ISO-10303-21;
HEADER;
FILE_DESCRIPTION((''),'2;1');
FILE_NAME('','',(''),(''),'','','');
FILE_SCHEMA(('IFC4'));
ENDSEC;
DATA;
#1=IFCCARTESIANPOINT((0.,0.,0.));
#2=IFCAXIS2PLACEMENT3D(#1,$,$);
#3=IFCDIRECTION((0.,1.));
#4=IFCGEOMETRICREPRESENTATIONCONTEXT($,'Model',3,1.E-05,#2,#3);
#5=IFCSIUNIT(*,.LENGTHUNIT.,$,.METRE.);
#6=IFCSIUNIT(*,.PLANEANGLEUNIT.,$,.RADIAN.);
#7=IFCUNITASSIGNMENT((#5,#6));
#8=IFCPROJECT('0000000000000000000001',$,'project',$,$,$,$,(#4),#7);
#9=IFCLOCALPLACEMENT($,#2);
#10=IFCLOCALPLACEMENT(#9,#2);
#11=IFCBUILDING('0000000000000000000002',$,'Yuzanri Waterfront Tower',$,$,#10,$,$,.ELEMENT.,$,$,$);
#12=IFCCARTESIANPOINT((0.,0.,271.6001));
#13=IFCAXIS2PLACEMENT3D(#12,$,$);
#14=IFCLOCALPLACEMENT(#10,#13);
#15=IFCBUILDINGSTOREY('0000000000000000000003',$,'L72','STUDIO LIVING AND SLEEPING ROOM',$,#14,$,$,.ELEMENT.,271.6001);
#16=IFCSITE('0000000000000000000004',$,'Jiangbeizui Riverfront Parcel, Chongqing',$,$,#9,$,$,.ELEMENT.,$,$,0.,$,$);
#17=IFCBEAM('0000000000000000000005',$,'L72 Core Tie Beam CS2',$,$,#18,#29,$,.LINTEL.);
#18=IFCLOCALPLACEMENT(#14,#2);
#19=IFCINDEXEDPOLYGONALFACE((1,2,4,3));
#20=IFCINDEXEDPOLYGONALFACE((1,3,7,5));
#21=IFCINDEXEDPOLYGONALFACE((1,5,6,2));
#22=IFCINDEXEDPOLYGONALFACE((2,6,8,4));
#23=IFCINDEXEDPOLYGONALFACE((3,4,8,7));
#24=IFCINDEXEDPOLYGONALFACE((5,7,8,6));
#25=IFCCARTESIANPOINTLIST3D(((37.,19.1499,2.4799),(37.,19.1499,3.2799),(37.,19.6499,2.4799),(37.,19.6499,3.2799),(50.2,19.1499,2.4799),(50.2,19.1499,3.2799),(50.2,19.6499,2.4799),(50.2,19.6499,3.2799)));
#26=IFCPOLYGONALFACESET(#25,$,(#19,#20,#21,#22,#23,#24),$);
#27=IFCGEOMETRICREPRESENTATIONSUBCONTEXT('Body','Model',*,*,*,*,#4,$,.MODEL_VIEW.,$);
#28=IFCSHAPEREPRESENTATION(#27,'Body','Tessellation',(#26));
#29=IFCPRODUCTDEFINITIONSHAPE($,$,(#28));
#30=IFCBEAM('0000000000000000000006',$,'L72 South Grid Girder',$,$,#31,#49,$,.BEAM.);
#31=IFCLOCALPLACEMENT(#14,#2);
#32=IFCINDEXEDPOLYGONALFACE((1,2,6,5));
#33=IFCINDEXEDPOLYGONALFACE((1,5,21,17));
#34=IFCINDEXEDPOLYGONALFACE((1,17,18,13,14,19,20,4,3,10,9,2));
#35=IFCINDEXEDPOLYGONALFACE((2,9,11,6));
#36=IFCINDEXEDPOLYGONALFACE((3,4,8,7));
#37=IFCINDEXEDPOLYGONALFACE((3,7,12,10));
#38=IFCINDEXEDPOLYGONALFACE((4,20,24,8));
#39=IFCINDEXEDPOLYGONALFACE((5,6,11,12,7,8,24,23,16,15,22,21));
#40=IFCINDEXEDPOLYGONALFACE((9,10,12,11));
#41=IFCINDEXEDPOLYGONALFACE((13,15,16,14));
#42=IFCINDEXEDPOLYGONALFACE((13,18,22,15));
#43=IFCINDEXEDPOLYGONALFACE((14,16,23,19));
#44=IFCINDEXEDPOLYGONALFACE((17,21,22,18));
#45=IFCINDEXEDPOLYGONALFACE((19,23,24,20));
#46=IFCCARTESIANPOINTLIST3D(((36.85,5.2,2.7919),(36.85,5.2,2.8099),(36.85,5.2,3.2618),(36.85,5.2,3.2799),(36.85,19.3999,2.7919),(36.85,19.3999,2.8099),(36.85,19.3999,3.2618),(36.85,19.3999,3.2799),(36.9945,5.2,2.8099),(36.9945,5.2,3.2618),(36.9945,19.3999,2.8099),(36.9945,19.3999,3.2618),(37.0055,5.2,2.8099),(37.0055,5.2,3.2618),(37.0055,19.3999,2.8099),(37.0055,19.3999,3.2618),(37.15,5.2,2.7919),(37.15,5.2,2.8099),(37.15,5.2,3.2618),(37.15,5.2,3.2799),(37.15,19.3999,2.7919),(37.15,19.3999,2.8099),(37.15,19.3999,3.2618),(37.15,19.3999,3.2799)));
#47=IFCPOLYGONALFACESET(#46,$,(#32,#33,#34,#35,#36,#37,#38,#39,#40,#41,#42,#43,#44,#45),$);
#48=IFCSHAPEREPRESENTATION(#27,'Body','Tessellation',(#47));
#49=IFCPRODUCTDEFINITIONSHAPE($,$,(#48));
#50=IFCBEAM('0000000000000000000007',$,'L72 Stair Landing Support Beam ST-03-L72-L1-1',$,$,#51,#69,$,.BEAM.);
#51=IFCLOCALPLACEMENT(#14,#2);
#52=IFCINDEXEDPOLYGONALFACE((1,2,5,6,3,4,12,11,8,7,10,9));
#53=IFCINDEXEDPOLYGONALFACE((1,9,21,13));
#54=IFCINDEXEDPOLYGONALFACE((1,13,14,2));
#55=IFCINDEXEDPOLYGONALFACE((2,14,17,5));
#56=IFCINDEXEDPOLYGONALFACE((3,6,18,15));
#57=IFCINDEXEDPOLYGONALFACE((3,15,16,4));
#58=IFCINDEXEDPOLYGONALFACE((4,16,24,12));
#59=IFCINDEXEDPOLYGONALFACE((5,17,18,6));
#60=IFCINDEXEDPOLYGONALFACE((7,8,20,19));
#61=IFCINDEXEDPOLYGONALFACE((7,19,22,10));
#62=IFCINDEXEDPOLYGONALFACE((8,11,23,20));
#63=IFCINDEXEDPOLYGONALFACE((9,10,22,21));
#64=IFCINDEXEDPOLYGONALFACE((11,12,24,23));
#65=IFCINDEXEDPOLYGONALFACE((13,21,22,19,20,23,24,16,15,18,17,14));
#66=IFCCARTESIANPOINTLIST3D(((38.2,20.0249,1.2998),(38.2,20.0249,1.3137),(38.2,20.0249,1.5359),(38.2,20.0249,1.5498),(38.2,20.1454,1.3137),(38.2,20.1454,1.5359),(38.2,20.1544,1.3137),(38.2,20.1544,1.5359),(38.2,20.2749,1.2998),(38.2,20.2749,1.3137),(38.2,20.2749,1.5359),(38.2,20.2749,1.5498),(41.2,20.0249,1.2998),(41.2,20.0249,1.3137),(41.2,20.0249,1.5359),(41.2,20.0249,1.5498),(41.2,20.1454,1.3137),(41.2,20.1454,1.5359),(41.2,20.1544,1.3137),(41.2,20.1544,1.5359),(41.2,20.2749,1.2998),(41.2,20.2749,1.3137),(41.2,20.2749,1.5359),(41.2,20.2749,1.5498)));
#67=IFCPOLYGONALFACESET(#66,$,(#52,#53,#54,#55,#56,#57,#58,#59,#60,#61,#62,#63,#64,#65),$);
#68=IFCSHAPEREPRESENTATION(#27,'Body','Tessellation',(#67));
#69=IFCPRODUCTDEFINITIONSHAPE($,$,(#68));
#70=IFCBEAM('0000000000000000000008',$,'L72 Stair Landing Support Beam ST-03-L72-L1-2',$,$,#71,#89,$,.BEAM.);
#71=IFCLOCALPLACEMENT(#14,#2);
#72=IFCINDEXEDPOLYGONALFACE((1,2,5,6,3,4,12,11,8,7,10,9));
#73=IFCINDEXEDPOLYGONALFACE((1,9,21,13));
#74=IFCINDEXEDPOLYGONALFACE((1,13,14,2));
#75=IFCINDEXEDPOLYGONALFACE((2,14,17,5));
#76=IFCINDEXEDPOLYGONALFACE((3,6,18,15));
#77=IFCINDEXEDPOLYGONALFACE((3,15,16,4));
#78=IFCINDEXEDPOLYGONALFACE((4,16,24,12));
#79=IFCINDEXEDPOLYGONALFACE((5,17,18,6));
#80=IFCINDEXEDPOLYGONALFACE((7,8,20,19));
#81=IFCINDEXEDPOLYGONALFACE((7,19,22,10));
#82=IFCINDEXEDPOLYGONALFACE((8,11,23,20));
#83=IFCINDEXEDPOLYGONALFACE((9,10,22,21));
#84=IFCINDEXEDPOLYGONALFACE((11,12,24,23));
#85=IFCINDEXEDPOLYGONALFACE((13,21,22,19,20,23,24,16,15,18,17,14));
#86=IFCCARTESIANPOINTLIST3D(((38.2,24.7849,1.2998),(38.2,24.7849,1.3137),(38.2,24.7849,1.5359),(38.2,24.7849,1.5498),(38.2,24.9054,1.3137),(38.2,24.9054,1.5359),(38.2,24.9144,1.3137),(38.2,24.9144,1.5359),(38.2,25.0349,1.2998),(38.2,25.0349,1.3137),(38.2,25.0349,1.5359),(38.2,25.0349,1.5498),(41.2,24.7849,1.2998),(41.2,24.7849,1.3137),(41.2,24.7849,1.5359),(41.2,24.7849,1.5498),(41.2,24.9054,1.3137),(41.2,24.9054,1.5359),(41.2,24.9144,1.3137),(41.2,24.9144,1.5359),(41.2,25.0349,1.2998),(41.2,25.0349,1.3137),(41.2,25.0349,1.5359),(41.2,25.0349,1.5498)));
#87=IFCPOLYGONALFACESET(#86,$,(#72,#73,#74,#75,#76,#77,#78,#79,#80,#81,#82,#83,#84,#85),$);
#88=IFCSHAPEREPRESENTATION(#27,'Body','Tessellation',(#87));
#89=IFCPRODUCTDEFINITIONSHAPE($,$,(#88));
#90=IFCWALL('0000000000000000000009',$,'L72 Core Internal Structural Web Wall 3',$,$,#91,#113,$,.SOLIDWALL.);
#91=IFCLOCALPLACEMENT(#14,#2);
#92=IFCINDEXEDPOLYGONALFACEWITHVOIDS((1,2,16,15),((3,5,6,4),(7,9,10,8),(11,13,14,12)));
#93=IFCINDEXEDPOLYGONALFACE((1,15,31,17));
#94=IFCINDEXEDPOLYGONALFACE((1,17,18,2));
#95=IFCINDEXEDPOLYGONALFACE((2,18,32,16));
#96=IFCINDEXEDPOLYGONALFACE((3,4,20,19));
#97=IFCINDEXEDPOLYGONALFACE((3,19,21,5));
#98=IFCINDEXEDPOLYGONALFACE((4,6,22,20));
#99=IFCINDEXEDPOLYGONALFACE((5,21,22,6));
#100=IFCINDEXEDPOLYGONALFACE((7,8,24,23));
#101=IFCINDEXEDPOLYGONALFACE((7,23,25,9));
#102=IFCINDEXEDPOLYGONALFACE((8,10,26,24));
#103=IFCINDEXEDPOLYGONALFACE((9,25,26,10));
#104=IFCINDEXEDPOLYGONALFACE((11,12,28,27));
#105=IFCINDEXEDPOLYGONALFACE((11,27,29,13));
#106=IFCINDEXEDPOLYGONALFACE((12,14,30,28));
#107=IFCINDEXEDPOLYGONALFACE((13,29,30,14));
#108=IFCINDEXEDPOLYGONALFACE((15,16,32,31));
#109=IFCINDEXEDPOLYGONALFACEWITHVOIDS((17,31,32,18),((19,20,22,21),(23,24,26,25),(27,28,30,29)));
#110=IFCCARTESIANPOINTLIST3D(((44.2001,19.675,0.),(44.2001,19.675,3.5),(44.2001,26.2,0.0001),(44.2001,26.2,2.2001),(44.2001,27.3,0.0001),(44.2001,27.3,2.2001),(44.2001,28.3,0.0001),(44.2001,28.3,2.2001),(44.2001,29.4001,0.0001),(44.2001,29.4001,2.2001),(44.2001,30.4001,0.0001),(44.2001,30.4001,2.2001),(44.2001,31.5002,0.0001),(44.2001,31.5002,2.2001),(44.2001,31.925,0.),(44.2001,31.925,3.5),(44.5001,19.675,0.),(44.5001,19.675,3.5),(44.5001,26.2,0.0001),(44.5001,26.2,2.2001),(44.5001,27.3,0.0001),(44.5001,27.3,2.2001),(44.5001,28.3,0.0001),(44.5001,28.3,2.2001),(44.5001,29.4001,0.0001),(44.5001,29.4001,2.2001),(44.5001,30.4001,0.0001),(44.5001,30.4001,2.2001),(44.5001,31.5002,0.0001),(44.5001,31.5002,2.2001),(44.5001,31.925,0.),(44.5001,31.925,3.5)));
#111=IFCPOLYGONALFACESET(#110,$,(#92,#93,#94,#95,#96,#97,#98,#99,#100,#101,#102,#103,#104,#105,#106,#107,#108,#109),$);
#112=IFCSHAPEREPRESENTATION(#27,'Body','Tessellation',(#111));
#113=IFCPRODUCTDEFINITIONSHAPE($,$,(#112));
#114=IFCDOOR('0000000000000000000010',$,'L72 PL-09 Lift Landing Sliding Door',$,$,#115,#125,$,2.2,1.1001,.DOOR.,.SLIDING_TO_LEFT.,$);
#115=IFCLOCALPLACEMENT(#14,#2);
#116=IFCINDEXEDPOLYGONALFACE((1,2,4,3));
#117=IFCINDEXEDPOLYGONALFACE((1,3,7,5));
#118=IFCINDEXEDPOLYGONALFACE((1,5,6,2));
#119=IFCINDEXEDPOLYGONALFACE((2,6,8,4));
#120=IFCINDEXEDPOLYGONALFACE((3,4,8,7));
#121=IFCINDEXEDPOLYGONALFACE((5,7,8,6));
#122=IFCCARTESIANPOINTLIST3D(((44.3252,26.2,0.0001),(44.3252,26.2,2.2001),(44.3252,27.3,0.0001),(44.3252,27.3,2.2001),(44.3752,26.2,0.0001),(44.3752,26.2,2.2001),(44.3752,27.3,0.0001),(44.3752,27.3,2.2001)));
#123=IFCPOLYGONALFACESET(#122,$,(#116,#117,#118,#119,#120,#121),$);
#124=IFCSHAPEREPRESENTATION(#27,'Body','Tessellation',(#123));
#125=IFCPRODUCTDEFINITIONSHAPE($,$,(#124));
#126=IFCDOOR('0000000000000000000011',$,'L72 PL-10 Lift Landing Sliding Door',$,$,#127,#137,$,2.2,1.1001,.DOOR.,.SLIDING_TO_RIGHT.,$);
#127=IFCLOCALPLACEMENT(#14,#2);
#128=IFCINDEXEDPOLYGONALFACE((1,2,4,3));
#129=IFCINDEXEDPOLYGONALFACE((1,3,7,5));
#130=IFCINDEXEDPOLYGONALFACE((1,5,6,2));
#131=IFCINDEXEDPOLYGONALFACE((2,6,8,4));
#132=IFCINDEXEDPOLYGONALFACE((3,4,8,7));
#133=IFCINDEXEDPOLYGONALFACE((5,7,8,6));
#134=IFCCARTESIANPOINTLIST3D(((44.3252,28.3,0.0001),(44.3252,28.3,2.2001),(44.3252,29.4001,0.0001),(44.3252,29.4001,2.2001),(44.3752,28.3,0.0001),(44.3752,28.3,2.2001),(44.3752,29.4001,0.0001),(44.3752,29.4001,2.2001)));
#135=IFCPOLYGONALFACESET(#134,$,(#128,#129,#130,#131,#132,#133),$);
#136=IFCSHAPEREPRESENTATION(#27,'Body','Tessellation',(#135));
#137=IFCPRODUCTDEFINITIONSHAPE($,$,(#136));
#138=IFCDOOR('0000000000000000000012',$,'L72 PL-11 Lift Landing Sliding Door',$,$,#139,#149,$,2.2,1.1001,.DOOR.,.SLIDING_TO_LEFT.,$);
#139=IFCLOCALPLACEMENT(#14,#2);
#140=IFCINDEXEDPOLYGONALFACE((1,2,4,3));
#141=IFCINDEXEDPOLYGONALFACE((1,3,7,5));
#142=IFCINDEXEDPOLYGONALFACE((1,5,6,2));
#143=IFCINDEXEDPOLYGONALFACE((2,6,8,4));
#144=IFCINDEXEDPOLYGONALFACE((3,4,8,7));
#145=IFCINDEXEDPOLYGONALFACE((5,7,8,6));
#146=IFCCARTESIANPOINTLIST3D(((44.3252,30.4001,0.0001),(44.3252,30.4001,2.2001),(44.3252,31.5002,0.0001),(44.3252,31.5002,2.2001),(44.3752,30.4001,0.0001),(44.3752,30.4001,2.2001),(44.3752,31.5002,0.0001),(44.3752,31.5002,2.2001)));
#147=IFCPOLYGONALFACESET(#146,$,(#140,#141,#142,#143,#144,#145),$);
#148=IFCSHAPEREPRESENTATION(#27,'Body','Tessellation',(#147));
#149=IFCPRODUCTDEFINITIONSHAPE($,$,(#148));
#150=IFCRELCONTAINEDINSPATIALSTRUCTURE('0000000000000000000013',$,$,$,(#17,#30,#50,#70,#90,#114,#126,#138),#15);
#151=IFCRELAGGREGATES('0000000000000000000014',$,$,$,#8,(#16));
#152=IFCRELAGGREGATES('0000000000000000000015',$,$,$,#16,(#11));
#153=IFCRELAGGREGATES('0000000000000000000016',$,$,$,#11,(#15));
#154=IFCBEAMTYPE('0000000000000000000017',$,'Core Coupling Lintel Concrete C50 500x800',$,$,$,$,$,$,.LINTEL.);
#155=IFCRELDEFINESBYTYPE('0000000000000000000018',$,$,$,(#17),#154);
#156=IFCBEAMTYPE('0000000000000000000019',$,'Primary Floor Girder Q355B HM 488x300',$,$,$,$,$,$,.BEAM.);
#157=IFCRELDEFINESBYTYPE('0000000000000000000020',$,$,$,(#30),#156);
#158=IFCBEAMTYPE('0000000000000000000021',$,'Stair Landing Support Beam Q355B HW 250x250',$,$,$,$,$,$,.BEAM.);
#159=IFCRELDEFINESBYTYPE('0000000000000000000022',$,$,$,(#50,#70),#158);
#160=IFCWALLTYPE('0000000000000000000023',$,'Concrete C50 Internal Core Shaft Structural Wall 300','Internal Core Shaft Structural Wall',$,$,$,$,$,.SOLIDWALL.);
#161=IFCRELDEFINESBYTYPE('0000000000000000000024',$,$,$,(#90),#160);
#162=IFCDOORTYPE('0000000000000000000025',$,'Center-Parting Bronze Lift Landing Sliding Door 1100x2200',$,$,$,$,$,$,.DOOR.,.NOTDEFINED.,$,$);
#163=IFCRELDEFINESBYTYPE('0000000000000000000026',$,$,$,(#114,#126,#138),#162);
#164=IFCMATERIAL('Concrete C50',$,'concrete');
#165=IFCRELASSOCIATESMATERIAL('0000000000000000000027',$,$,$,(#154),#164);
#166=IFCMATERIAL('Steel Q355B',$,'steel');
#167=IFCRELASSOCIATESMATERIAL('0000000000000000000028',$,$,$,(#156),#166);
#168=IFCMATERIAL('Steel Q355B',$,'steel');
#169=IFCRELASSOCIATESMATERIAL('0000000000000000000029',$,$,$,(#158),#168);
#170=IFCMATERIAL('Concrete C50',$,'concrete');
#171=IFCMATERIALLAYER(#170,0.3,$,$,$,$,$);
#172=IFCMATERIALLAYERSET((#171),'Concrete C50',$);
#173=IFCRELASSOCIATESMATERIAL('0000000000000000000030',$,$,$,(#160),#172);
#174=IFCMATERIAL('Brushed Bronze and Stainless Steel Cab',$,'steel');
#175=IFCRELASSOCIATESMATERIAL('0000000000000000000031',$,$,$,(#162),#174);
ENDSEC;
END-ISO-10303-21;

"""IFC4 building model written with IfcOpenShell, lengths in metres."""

from ifc_helpers import new_model, si_unit, direction, frame, frame_2d, origin, origin_2d, place, context, subcontext, project, spatial, rectangle, i_section, extrude, source, transform, mapped, material, layer, layer_set, material_profile, profile_set, type_object, element, fill, save


model = new_model("IFC4")

# Units and contexts
model_context = context("Model", 3, precision=1e-05, world=origin(), true_north=direction((0.0, 1.0)))
body_context = subcontext(model_context, "Body", "Model", "MODEL_VIEW")
ifc_project = project(units=[si_unit("LENGTHUNIT", "METRE"), si_unit("PLANEANGLEUNIT", "RADIAN")], contexts=[model_context])

# Site, building, storey
site_placement = place(None, origin())
site = spatial("IfcSite", under=ifc_project, at=site_placement, Name="Jiangbeizui Riverfront Parcel, Chongqing", CompositionType="ELEMENT", RefElevation=0.0)
building_placement = place(site_placement, origin())
building = spatial("IfcBuilding", under=site, at=building_placement, Name="Yuzanri Waterfront Tower", CompositionType="ELEMENT")
storey_placement = place(building_placement, frame((0.0, 0.0, 271.6001)))
storey = spatial("IfcBuildingStorey", under=building, at=storey_placement, Name="L72", Description="STUDIO LIVING AND SLEEPING ROOM", CompositionType="ELEMENT", Elevation=271.6001)

# Beams
ifc_material_1 = material(Name="Concrete C50", Category="concrete")
ifc_material_profile_1 = material_profile(ifc_material_1, rectangle(XDim=0.5, YDim=0.8, at=origin_2d()), Name="RC 500x800")
ifc_profile_set_1 = profile_set([ifc_material_profile_1], Name="Concrete C50")
beam_type_1 = type_object("IfcBeamType", Name="Core Coupling Lintel Concrete C50 500x800", PredefinedType="LINTEL", material=ifc_profile_set_1)
shared_shape_1 = source(origin(), body_context, "Body", "SweptSolid", [
    extrude(rectangle(XDim=0.5, YDim=0.8, at=origin_2d()), origin(), (0.0, 0.0, 1.0), 13.2),
])
beam_1_placement = place(storey_placement, frame((37.0, 19.3999, 2.8799), z_axis=(1.0, 0.0, 0.0), x_axis=(0.0, 1.0, 0.0)))
element("IfcBeam", 1, at=beam_1_placement, inside=storey, type_object=beam_type_1, Name="L72 Core Tie Beam CS2", PredefinedType="LINTEL", context=body_context, shape_type="MappedRepresentation", body=[
    mapped(shared_shape_1, transform((0.0, 0.0, 0.0), scale=1.0)),
])
ifc_material_2 = material(Name="Steel Q355B", Category="steel")
ifc_material_profile_2 = material_profile(ifc_material_2, i_section(OverallWidth=0.3, OverallDepth=0.488, WebThickness=0.011, FlangeThickness=0.0181, at=origin_2d()), Name="HM 488x300x11x18")
ifc_profile_set_2 = profile_set([ifc_material_profile_2], Name="Steel Q355B")
beam_type_2 = type_object("IfcBeamType", Name="Primary Floor Girder Q355B HM 488x300", PredefinedType="BEAM", material=ifc_profile_set_2)
shared_shape_2 = source(origin(), body_context, "Body", "SweptSolid", [
    extrude(i_section(OverallWidth=0.3, OverallDepth=0.488, WebThickness=0.011, FlangeThickness=0.0181, at=origin_2d()), origin(), (0.0, 0.0, 1.0), 14.2),
])
beam_2_placement = place(storey_placement, frame((37.0, 19.3999, 3.0359), z_axis=(0.0, -1.0, 0.0), x_axis=(1.0, 0.0, 0.0)))
element("IfcBeam", 2, at=beam_2_placement, inside=storey, type_object=beam_type_2, Name="L72 South Grid Girder", PredefinedType="BEAM", context=body_context, shape_type="MappedRepresentation", body=[
    mapped(shared_shape_2, transform((0.0, 0.0, 0.0), scale=1.0)),
])
ifc_material_3 = material(Name="Steel Q355B", Category="steel")
ifc_material_profile_3 = material_profile(ifc_material_3, i_section(OverallWidth=0.25, OverallDepth=0.25, WebThickness=0.009, FlangeThickness=0.0139, at=origin_2d()), Name="HW 250x250x9x14")
ifc_profile_set_3 = profile_set([ifc_material_profile_3], Name="Steel Q355B")
beam_type_3 = type_object("IfcBeamType", Name="Stair Landing Support Beam Q355B HW 250x250", PredefinedType="BEAM", material=ifc_profile_set_3)
shared_shape_3 = source(origin(), body_context, "Body", "SweptSolid", [
    extrude(i_section(OverallWidth=0.25, OverallDepth=0.25, WebThickness=0.009, FlangeThickness=0.0139, at=origin_2d()), origin(), (0.0, 0.0, 1.0), 3.0),
])
for number, where, z_axis, x_axis, name in (
    (3, (38.2, 20.1499, 1.4248), (1.0, 0.0, 0.0), (0.0, 1.0, 0.0), "L72 Stair Landing Support Beam ST-03-L72-L1-1"),
    (4, (38.2, 24.9099, 1.4248), (1.0, 0.0, 0.0), (0.0, 1.0, 0.0), "L72 Stair Landing Support Beam ST-03-L72-L1-2"),
):
    element("IfcBeam", number, at=place(storey_placement, frame(where, z_axis=z_axis, x_axis=x_axis)), inside=storey, type_object=beam_type_3, Name=name, PredefinedType="BEAM", context=body_context, shape_type="MappedRepresentation", body=[
        mapped(shared_shape_3, transform((0.0, 0.0, 0.0), scale=1.0)),
    ])

# Wall, openings, doors
ifc_material_4 = material(Name="Concrete C50", Category="concrete")
ifc_layer_1 = layer(ifc_material_4, 0.3)
ifc_layer_set_1 = layer_set([ifc_layer_1], Name="Concrete C50")
wall_type_1 = type_object("IfcWallType", Name="Concrete C50 Internal Core Shaft Structural Wall 300", Description="Internal Core Shaft Structural Wall", PredefinedType="SOLIDWALL", material=ifc_layer_set_1)
wall_1_placement = place(storey_placement, frame((44.3501, 19.675, 0.0), z_axis=(0.0, 0.0, 1.0), x_axis=(0.0, 1.0, 0.0)))
wall_1 = element("IfcWall", 5, at=wall_1_placement, inside=storey, type_object=wall_type_1, Name="L72 Core Internal Structural Web Wall 3", PredefinedType="SOLIDWALL", context=body_context, shape_type="SweptSolid", body=[
    extrude(rectangle(XDim=12.25, YDim=0.3, at=frame_2d((6.125, 0.0))), origin(), (0.0, 0.0, 1.0), 3.5),
])
opening_1_placement = place(wall_1_placement, frame((6.5249, 0.0, 0.0)))
opening_1 = element("IfcOpeningElement", 6, at=opening_1_placement, cuts=wall_1, PredefinedType="OPENING", context=body_context, shape_type="SweptSolid", body=[
    extrude(rectangle(XDim=1.1001, YDim=2.2, at=frame_2d((0.55, 1.1001))), frame((0.0, 0.165, 0.0), z_axis=(0.0, -1.0, 0.0), x_axis=(1.0, 0.0, 0.0)), (0.0, 0.0, 1.0), 0.3298),
])
opening_2_placement = place(wall_1_placement, frame((8.625, 0.0, 0.0)))
opening_2 = element("IfcOpeningElement", 7, at=opening_2_placement, cuts=wall_1, PredefinedType="OPENING", context=body_context, shape_type="SweptSolid", body=[
    extrude(rectangle(XDim=1.1001, YDim=2.2, at=frame_2d((0.55, 1.1001))), frame((0.0, 0.165, 0.0), z_axis=(0.0, -1.0, 0.0), x_axis=(1.0, 0.0, 0.0)), (0.0, 0.0, 1.0), 0.3298),
])
opening_3_placement = place(wall_1_placement, frame((10.7251, 0.0, 0.0)))
opening_3 = element("IfcOpeningElement", 8, at=opening_3_placement, cuts=wall_1, PredefinedType="OPENING", context=body_context, shape_type="SweptSolid", body=[
    extrude(rectangle(XDim=1.1001, YDim=2.2, at=frame_2d((0.55, 1.1001))), frame((0.0, 0.165, 0.0), z_axis=(0.0, -1.0, 0.0), x_axis=(1.0, 0.0, 0.0)), (0.0, 0.0, 1.0), 0.3298),
])
ifc_material_5 = material(Name="Brushed Bronze and Stainless Steel Cab", Category="steel")
door_type_1 = type_object("IfcDoorType", Name="Center-Parting Bronze Lift Landing Sliding Door 1100x2200", OperationType="NOTDEFINED", PredefinedType="DOOR", material=ifc_material_5)
shared_shape_4 = source(origin(), body_context, "Body", "SweptSolid", [
    extrude(rectangle(XDim=1.1001, YDim=2.2, at=frame_2d((0.55, 1.1001))), frame((0.0, 0.0249, 0.0), z_axis=(0.0, -1.0, 0.0), x_axis=(1.0, 0.0, 0.0)), (0.0, 0.0, 1.0), 0.05),
])
door_1_placement = place(opening_1_placement, origin())
door_1 = element("IfcDoor", 9, at=door_1_placement, inside=storey, type_object=door_type_1, Name="L72 PL-09 Lift Landing Sliding Door", OperationType="SLIDING_TO_LEFT", OverallHeight=2.2, OverallWidth=1.1001, PredefinedType="DOOR", context=body_context, shape_type="MappedRepresentation", body=[
    mapped(shared_shape_4, transform((0.0, 0.0, 0.0), scale=1.0)),
])
fill(opening_1, door_1)
door_2_placement = place(opening_2_placement, origin())
door_2 = element("IfcDoor", 10, at=door_2_placement, inside=storey, type_object=door_type_1, Name="L72 PL-10 Lift Landing Sliding Door", OperationType="SLIDING_TO_RIGHT", OverallHeight=2.2, OverallWidth=1.1001, PredefinedType="DOOR", context=body_context, shape_type="MappedRepresentation", body=[
    mapped(shared_shape_4, transform((0.0, 0.0, 0.0), scale=1.0)),
])
fill(opening_2, door_2)
door_3_placement = place(opening_3_placement, origin())
door_3 = element("IfcDoor", 11, at=door_3_placement, inside=storey, type_object=door_type_1, Name="L72 PL-11 Lift Landing Sliding Door", OperationType="SLIDING_TO_LEFT", OverallHeight=2.2, OverallWidth=1.1001, PredefinedType="DOOR", context=body_context, shape_type="MappedRepresentation", body=[
    mapped(shared_shape_4, transform((0.0, 0.0, 0.0), scale=1.0)),
])
fill(opening_3, door_3)

save(model, "model.ifc")
